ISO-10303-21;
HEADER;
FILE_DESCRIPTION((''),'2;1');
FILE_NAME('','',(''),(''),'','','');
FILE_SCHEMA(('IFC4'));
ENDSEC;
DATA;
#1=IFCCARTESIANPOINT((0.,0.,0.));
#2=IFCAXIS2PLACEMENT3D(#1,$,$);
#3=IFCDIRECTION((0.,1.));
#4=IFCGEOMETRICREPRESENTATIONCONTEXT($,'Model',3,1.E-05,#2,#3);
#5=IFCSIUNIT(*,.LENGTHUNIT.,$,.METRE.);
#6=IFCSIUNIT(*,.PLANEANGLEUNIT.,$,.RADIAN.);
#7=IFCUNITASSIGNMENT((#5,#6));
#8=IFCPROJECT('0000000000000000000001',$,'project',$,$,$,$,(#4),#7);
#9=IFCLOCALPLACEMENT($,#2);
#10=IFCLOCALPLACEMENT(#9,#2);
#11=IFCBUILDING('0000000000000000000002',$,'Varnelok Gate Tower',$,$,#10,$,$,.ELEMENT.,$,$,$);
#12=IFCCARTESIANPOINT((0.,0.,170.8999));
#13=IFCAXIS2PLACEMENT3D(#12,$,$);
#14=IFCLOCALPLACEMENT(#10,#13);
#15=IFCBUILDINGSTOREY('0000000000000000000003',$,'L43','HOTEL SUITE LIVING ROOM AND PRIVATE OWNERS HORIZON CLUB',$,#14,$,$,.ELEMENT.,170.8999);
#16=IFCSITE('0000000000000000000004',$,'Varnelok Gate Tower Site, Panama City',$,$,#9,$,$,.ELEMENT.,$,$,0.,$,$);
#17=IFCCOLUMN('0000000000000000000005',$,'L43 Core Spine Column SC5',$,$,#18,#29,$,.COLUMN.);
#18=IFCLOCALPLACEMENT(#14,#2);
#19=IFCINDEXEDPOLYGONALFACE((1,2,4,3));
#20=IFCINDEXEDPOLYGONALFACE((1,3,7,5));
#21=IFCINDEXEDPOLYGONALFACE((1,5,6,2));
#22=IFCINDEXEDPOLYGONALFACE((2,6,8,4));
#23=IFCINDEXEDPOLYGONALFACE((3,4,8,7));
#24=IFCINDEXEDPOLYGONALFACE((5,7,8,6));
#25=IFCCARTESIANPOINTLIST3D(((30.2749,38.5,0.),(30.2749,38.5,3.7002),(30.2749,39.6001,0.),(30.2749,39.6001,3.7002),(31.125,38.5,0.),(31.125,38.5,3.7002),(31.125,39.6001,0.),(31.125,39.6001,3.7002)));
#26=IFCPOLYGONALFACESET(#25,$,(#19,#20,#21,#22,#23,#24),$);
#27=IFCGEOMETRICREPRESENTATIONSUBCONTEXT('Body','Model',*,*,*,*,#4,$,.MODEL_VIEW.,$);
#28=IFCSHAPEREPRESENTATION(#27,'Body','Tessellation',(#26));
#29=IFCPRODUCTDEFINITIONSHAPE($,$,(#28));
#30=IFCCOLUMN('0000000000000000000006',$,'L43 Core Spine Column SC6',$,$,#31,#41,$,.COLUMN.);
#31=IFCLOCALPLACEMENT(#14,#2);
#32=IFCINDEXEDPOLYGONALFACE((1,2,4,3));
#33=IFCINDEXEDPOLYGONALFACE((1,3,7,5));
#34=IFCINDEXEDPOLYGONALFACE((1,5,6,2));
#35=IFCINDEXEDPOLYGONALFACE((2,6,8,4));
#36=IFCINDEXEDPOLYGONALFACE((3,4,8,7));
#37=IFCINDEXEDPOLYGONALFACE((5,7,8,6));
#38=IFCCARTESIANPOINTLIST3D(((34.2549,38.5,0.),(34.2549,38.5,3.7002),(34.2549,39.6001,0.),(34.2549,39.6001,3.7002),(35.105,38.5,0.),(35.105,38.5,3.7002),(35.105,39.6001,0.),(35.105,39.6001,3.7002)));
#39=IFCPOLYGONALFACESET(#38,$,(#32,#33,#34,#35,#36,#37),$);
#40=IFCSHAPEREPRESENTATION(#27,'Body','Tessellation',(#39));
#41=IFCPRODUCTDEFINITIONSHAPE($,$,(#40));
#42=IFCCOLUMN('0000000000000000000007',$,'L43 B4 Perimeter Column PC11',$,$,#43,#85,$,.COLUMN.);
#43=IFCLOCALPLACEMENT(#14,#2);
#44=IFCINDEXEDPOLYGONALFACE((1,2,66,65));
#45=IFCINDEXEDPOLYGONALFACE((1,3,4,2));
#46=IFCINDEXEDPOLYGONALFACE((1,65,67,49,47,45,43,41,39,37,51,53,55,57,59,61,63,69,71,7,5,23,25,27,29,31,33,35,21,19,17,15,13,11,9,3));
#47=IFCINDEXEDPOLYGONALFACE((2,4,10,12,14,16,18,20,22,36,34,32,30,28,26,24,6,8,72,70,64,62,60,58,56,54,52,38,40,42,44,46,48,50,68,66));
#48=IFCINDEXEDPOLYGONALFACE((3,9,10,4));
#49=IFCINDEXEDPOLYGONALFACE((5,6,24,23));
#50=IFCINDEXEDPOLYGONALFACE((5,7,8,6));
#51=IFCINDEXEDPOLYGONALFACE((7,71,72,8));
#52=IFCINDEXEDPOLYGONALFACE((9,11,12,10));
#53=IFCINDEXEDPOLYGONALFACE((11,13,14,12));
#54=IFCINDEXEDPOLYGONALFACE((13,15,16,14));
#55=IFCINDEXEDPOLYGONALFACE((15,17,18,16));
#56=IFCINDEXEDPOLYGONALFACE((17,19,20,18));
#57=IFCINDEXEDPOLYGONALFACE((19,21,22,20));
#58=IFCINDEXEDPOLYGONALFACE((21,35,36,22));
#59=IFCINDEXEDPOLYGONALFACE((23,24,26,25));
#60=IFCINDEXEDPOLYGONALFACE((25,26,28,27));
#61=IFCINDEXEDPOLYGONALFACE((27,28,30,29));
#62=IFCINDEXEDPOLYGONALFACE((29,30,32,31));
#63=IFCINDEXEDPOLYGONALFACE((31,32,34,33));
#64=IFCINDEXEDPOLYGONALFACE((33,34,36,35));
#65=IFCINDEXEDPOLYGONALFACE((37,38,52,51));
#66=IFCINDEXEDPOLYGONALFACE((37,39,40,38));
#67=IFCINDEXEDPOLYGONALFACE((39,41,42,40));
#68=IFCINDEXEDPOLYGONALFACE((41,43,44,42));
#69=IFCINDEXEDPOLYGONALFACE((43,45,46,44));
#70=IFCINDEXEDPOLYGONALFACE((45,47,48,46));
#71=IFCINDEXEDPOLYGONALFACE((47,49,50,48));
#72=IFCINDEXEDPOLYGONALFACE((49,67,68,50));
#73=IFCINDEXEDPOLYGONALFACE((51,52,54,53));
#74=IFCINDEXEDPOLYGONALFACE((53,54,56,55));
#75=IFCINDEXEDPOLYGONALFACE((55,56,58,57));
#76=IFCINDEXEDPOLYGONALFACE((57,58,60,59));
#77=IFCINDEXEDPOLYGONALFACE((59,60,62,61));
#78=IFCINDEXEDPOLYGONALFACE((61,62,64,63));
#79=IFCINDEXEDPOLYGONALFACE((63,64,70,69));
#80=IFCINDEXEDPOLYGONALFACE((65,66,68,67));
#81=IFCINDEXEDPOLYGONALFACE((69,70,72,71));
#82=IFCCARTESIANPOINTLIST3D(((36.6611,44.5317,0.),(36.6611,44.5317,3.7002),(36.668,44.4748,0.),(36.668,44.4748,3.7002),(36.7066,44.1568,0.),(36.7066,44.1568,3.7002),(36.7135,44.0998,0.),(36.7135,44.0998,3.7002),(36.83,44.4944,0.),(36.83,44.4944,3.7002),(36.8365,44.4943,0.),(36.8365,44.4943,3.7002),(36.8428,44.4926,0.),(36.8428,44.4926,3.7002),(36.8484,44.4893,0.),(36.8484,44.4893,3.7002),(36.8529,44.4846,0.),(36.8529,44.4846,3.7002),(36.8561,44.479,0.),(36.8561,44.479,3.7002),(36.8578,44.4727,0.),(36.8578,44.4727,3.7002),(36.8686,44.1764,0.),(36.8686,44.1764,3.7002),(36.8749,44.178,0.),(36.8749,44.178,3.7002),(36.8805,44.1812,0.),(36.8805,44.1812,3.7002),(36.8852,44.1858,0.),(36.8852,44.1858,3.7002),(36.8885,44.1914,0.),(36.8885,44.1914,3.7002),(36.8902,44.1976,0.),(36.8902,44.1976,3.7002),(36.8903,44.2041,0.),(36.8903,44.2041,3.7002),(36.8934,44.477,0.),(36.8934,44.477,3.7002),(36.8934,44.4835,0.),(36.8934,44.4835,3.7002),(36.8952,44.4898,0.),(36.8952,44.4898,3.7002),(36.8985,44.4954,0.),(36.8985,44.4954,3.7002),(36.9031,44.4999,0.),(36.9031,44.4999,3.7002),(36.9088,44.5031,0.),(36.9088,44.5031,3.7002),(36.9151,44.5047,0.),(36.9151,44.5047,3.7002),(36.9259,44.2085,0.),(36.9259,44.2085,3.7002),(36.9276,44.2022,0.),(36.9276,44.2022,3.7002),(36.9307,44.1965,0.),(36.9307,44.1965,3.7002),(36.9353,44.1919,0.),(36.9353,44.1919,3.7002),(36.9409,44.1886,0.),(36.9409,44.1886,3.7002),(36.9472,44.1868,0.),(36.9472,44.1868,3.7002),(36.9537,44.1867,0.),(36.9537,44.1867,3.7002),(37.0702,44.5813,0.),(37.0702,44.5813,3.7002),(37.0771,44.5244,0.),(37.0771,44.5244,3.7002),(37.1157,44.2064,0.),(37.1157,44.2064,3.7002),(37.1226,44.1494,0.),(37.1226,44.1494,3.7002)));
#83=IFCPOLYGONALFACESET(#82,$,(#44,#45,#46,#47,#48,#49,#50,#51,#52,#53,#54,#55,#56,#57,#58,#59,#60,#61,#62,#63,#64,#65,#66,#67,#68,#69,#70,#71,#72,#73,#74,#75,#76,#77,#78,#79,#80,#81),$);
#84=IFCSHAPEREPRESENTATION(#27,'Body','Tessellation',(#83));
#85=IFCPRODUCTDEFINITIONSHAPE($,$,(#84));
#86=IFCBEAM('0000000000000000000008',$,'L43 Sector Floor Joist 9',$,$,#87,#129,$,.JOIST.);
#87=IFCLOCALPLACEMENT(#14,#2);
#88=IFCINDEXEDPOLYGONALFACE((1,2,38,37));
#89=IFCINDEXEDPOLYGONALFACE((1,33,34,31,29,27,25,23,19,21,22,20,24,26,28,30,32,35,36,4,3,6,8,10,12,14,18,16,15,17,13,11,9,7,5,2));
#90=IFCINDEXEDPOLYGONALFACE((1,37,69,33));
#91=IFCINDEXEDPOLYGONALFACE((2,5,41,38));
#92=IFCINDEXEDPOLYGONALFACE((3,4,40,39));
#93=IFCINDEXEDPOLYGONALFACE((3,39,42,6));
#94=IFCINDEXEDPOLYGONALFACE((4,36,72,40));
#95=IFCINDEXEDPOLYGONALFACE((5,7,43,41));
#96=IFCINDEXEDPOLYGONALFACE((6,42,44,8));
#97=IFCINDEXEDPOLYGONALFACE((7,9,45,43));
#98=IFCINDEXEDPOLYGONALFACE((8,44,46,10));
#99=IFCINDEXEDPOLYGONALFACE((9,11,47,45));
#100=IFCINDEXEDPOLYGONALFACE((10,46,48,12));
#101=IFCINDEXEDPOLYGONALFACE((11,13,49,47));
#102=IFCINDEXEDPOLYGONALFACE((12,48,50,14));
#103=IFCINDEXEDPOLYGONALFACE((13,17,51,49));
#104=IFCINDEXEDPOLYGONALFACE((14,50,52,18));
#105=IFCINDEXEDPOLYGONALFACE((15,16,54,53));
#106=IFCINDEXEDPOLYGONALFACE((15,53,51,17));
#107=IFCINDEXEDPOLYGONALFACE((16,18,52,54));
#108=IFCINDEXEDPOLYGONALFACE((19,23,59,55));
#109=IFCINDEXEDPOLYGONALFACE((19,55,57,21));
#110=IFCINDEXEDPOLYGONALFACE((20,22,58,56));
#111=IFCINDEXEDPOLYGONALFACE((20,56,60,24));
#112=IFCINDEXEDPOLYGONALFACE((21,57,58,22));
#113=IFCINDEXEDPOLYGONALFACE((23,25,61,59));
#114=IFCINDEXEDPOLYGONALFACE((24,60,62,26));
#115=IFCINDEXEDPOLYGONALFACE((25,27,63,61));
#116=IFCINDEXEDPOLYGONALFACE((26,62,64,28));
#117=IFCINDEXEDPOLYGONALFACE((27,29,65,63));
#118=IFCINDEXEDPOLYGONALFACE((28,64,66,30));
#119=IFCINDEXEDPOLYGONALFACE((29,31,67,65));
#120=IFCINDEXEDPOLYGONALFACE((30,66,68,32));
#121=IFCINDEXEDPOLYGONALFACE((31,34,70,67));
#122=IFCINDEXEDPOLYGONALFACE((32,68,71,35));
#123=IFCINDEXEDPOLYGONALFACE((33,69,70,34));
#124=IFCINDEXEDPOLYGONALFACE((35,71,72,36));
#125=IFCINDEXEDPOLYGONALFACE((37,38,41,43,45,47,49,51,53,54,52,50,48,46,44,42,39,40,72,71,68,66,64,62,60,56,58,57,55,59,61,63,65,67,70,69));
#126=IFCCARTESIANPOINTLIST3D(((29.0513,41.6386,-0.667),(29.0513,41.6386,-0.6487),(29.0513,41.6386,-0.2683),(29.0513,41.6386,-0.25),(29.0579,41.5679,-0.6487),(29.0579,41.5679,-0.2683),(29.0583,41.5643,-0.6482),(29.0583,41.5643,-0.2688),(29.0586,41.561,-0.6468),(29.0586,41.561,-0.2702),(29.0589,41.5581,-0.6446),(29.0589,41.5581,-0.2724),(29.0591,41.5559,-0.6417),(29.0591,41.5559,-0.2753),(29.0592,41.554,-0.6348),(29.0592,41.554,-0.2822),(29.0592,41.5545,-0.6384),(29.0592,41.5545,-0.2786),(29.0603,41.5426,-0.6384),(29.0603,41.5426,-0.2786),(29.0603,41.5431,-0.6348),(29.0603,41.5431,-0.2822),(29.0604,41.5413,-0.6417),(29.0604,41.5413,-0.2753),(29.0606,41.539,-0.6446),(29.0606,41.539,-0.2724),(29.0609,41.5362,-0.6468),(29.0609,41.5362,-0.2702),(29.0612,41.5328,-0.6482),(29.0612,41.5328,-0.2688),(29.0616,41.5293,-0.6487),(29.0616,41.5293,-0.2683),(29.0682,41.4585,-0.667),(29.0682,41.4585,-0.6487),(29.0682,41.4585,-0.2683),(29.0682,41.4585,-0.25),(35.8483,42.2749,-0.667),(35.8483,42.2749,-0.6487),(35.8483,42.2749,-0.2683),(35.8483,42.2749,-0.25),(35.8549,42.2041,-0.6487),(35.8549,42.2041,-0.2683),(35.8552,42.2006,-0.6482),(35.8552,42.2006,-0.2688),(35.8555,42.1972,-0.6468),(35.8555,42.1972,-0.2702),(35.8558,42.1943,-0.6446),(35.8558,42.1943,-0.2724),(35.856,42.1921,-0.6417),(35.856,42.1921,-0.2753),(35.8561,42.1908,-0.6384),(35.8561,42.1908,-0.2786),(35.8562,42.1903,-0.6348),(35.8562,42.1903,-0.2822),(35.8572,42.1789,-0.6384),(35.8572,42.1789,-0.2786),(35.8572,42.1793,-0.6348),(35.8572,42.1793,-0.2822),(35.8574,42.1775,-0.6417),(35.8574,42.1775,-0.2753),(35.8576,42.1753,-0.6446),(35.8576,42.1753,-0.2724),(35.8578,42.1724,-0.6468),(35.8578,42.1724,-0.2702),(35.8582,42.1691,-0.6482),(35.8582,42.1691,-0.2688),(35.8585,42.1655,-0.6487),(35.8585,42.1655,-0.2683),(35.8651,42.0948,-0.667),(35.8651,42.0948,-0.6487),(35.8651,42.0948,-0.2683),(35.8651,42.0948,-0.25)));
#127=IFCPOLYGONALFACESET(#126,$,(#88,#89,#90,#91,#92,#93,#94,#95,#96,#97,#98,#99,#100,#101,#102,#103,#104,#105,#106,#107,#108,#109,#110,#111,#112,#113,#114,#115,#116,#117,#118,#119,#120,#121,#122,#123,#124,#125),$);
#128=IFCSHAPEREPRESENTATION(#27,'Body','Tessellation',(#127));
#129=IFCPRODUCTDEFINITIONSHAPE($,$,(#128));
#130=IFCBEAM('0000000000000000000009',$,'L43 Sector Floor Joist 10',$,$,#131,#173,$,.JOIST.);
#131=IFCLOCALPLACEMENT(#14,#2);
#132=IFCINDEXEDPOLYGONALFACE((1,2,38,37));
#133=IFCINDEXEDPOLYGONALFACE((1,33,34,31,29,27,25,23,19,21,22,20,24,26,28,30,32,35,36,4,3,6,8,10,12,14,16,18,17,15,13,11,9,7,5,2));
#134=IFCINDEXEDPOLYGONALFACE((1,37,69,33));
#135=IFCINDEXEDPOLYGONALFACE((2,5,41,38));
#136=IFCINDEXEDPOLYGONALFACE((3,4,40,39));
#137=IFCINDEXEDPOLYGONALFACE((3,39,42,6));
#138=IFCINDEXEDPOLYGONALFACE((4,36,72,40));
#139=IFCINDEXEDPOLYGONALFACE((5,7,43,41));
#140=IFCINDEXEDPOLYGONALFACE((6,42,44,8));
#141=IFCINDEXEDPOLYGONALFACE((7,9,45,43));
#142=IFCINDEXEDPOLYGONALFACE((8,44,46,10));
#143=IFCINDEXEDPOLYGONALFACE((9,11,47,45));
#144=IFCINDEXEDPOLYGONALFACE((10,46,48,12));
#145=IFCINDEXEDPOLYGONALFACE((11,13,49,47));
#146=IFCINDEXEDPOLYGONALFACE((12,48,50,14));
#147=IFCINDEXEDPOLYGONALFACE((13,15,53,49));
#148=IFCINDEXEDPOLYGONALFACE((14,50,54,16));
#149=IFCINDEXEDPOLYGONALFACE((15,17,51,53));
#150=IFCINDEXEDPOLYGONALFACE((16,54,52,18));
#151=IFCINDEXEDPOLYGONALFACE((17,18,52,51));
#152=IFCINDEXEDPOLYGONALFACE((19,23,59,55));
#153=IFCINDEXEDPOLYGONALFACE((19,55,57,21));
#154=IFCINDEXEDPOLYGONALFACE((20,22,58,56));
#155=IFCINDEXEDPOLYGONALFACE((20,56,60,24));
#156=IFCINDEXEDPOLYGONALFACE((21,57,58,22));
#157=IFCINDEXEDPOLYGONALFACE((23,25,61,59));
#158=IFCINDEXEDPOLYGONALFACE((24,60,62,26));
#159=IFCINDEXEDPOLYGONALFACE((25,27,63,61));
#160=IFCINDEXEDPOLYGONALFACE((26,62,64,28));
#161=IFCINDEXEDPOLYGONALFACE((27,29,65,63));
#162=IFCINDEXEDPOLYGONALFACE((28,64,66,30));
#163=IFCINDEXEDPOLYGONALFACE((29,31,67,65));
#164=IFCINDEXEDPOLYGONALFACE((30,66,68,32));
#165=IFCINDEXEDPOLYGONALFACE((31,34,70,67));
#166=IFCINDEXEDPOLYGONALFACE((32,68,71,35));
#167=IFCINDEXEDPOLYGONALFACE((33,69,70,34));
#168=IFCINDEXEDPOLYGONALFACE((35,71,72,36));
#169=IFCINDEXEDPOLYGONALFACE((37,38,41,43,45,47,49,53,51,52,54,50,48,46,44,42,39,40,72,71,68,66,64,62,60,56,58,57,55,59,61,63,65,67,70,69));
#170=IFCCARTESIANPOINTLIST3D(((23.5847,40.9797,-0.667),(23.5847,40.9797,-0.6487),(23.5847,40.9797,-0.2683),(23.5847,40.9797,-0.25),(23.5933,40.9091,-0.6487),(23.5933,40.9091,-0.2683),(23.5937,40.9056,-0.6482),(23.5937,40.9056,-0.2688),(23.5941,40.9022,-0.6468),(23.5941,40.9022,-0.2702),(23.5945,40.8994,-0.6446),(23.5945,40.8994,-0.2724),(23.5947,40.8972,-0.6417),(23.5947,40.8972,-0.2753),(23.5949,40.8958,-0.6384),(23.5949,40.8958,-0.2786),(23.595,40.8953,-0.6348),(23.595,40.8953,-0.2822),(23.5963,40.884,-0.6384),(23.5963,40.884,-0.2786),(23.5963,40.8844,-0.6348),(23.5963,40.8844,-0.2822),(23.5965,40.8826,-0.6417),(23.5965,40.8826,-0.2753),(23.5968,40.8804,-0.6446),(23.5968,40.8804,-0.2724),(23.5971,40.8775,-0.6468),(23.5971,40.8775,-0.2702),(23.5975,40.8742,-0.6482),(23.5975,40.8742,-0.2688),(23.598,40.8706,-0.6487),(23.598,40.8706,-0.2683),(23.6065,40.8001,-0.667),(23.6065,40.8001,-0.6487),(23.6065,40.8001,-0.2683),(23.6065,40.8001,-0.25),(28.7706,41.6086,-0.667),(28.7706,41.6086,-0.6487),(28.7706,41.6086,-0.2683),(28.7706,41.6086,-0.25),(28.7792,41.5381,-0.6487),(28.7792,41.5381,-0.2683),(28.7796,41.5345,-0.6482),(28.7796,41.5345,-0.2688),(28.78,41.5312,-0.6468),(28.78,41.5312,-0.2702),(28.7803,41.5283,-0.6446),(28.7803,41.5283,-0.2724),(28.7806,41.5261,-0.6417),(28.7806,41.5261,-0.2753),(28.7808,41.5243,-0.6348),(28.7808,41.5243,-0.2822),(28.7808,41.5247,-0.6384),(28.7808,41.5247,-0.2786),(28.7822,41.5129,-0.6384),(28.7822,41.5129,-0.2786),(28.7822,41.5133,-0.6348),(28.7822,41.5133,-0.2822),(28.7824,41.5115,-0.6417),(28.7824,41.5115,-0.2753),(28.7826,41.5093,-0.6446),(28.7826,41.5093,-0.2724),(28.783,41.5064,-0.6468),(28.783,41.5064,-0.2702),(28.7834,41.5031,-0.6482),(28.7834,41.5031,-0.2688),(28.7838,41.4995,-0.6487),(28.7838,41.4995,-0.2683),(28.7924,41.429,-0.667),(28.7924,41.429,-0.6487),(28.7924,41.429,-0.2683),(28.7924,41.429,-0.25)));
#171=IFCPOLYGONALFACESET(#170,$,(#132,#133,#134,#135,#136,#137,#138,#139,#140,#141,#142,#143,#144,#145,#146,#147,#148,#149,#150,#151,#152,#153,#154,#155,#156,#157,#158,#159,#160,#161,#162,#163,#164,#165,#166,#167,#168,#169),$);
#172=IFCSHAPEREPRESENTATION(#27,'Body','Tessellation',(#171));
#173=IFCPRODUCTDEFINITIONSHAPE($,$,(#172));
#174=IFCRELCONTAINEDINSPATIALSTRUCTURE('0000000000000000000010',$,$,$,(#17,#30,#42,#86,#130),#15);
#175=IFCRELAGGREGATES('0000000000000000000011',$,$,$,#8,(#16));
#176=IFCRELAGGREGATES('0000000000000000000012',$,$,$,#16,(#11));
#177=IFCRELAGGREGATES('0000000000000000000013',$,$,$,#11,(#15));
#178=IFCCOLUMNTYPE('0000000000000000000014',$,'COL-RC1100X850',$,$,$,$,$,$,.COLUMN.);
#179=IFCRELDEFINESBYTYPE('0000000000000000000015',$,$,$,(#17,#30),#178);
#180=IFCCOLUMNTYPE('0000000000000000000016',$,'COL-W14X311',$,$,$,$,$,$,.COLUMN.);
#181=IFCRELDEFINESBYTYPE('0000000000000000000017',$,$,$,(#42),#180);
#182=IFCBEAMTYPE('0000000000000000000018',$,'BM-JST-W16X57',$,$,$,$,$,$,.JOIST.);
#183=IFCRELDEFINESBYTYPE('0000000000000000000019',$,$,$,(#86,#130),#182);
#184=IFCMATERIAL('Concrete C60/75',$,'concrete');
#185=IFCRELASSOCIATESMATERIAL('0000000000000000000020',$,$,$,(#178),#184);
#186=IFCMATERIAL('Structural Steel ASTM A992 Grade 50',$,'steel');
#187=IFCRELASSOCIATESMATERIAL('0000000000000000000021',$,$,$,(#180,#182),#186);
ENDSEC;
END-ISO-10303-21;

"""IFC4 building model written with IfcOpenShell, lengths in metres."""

from ifc_helpers import new_model, si_unit, direction, frame, origin, origin_2d, place, context, subcontext, project, spatial, rectangle, i_section, extrude, material, material_profile, profile_set, type_object, element, save


model = new_model("IFC4")

# Units and contexts
model_context = context("Model", 3, precision=1e-05, world=origin(), true_north=direction((0.0, 1.0)))
body_context = subcontext(model_context, "Body", "Model", "MODEL_VIEW")
ifc_project = project(units=[si_unit("LENGTHUNIT", "METRE"), si_unit("PLANEANGLEUNIT", "RADIAN")], contexts=[model_context])

# Site, building, storey
site_placement = place(None, origin())
site = spatial("IfcSite", under=ifc_project, at=site_placement, Name="Varnelok Gate Tower Site, Panama City", CompositionType="ELEMENT", RefElevation=0.0)
building_placement = place(site_placement, origin())
building = spatial("IfcBuilding", under=site, at=building_placement, Name="Varnelok Gate Tower", CompositionType="ELEMENT")
storey_placement = place(building_placement, frame((0.0, 0.0, 170.8999)))
storey = spatial("IfcBuildingStorey", under=building, at=storey_placement, Name="L43", Description="HOTEL SUITE LIVING ROOM AND PRIVATE OWNERS HORIZON CLUB", CompositionType="ELEMENT", Elevation=170.8999)

# Columns
ifc_material_1 = material(Name="Concrete C60/75", Category="concrete")
ifc_material_profile_1 = material_profile(ifc_material_1, rectangle(XDim=0.8501, YDim=1.1001, at=origin_2d()), Name="RC1100X850")
ifc_profile_set_1 = profile_set([ifc_material_profile_1], Name="Concrete C60/75")
column_type_1 = type_object("IfcColumnType", Name="COL-RC1100X850", PredefinedType="COLUMN", material=ifc_profile_set_1)
for number, where, z_axis, x_axis, name in (
    (1, (30.7, 39.05, 0.0), (0.0, 0.0, 1.0), (1.0, 0.0, 0.0), "L43 Core Spine Column SC5"),
    (2, (34.6799, 39.05, 0.0), (0.0, 0.0, 1.0), (1.0, 0.0, 0.0), "L43 Core Spine Column SC6"),
):
    element("IfcColumn", number, at=place(storey_placement, frame(where, z_axis=z_axis, x_axis=x_axis)), inside=storey, type_object=column_type_1, Name=name, PredefinedType="COLUMN", context=body_context, shape_type="SweptSolid", body=[
        extrude(rectangle(XDim=0.8501, YDim=1.1001, at=origin_2d()), origin(), (0.0, 0.0, 1.0), 3.7002),
    ])
ifc_material_2 = material(Name="Structural Steel ASTM A992 Grade 50", Category="steel")
ifc_material_profile_2 = material_profile(ifc_material_2, i_section(OverallWidth=0.4121, OverallDepth=0.4351, WebThickness=0.0359, FlangeThickness=0.0574, FilletRadius=0.0249, at=origin_2d()), Name="W14X311")
ifc_profile_set_2 = profile_set([ifc_material_profile_2], Name="Structural Steel ASTM A992 Grade 50")
column_type_2 = type_object("IfcColumnType", Name="COL-W14X311", PredefinedType="COLUMN", material=ifc_profile_set_2)
column_placement = place(storey_placement, frame((36.8918, 44.3406, 0.0), z_axis=(0.0, 0.0, 1.0), x_axis=(0.992732, 0.120345, 0.0)))
element("IfcColumn", 3, at=column_placement, inside=storey, type_object=column_type_2, Name="L43 B4 Perimeter Column PC11", PredefinedType="COLUMN", context=body_context, shape_type="SweptSolid", body=[
    extrude(i_section(OverallWidth=0.4121, OverallDepth=0.4351, WebThickness=0.0359, FlangeThickness=0.0574, FilletRadius=0.0249, at=origin_2d()), origin(), (0.0, 0.0, 1.0), 3.7002),
])

# Beams
ifc_material_profile_3 = material_profile(ifc_material_2, i_section(OverallWidth=0.1809, OverallDepth=0.417, WebThickness=0.011, FlangeThickness=0.0183, FilletRadius=0.0139, at=origin_2d()), Name="W16X57")
ifc_profile_set_3 = profile_set([ifc_material_profile_3], Name="Structural Steel ASTM A992 Grade 50")
beam_type_1 = type_object("IfcBeamType", Name="BM-JST-W16X57", PredefinedType="JOIST", material=ifc_profile_set_3)
beam_1_placement = place(storey_placement, frame((35.8567, 42.1848, -0.4585), z_axis=(-0.995648, -0.093199, 0.0), x_axis=(0.093199, -0.995648, 0.0)))
element("IfcBeam", 4, at=beam_1_placement, inside=storey, type_object=beam_type_1, Name="L43 Sector Floor Joist 9", PredefinedType="JOIST", context=body_context, shape_type="SweptSolid", body=[
    extrude(i_section(OverallWidth=0.1809, OverallDepth=0.417, WebThickness=0.011, FlangeThickness=0.0183, FilletRadius=0.0139, at=origin_2d()), origin(), (0.0, 0.0, 1.0), 6.8267),
])
beam_2_placement = place(storey_placement, frame((28.7815, 41.5188, -0.4585), z_axis=(-0.992726, -0.120393, 0.0), x_axis=(0.120393, -0.992726, 0.0)))
element("IfcBeam", 5, at=beam_2_placement, inside=storey, type_object=beam_type_1, Name="L43 Sector Floor Joist 10", PredefinedType="JOIST", context=body_context, shape_type="SweptSolid", body=[
    extrude(i_section(OverallWidth=0.1809, OverallDepth=0.417, WebThickness=0.011, FlangeThickness=0.0183, FilletRadius=0.0139, at=origin_2d()), origin(), (0.0, 0.0, 1.0), 5.2239),
])

save(model, "model.ifc")
